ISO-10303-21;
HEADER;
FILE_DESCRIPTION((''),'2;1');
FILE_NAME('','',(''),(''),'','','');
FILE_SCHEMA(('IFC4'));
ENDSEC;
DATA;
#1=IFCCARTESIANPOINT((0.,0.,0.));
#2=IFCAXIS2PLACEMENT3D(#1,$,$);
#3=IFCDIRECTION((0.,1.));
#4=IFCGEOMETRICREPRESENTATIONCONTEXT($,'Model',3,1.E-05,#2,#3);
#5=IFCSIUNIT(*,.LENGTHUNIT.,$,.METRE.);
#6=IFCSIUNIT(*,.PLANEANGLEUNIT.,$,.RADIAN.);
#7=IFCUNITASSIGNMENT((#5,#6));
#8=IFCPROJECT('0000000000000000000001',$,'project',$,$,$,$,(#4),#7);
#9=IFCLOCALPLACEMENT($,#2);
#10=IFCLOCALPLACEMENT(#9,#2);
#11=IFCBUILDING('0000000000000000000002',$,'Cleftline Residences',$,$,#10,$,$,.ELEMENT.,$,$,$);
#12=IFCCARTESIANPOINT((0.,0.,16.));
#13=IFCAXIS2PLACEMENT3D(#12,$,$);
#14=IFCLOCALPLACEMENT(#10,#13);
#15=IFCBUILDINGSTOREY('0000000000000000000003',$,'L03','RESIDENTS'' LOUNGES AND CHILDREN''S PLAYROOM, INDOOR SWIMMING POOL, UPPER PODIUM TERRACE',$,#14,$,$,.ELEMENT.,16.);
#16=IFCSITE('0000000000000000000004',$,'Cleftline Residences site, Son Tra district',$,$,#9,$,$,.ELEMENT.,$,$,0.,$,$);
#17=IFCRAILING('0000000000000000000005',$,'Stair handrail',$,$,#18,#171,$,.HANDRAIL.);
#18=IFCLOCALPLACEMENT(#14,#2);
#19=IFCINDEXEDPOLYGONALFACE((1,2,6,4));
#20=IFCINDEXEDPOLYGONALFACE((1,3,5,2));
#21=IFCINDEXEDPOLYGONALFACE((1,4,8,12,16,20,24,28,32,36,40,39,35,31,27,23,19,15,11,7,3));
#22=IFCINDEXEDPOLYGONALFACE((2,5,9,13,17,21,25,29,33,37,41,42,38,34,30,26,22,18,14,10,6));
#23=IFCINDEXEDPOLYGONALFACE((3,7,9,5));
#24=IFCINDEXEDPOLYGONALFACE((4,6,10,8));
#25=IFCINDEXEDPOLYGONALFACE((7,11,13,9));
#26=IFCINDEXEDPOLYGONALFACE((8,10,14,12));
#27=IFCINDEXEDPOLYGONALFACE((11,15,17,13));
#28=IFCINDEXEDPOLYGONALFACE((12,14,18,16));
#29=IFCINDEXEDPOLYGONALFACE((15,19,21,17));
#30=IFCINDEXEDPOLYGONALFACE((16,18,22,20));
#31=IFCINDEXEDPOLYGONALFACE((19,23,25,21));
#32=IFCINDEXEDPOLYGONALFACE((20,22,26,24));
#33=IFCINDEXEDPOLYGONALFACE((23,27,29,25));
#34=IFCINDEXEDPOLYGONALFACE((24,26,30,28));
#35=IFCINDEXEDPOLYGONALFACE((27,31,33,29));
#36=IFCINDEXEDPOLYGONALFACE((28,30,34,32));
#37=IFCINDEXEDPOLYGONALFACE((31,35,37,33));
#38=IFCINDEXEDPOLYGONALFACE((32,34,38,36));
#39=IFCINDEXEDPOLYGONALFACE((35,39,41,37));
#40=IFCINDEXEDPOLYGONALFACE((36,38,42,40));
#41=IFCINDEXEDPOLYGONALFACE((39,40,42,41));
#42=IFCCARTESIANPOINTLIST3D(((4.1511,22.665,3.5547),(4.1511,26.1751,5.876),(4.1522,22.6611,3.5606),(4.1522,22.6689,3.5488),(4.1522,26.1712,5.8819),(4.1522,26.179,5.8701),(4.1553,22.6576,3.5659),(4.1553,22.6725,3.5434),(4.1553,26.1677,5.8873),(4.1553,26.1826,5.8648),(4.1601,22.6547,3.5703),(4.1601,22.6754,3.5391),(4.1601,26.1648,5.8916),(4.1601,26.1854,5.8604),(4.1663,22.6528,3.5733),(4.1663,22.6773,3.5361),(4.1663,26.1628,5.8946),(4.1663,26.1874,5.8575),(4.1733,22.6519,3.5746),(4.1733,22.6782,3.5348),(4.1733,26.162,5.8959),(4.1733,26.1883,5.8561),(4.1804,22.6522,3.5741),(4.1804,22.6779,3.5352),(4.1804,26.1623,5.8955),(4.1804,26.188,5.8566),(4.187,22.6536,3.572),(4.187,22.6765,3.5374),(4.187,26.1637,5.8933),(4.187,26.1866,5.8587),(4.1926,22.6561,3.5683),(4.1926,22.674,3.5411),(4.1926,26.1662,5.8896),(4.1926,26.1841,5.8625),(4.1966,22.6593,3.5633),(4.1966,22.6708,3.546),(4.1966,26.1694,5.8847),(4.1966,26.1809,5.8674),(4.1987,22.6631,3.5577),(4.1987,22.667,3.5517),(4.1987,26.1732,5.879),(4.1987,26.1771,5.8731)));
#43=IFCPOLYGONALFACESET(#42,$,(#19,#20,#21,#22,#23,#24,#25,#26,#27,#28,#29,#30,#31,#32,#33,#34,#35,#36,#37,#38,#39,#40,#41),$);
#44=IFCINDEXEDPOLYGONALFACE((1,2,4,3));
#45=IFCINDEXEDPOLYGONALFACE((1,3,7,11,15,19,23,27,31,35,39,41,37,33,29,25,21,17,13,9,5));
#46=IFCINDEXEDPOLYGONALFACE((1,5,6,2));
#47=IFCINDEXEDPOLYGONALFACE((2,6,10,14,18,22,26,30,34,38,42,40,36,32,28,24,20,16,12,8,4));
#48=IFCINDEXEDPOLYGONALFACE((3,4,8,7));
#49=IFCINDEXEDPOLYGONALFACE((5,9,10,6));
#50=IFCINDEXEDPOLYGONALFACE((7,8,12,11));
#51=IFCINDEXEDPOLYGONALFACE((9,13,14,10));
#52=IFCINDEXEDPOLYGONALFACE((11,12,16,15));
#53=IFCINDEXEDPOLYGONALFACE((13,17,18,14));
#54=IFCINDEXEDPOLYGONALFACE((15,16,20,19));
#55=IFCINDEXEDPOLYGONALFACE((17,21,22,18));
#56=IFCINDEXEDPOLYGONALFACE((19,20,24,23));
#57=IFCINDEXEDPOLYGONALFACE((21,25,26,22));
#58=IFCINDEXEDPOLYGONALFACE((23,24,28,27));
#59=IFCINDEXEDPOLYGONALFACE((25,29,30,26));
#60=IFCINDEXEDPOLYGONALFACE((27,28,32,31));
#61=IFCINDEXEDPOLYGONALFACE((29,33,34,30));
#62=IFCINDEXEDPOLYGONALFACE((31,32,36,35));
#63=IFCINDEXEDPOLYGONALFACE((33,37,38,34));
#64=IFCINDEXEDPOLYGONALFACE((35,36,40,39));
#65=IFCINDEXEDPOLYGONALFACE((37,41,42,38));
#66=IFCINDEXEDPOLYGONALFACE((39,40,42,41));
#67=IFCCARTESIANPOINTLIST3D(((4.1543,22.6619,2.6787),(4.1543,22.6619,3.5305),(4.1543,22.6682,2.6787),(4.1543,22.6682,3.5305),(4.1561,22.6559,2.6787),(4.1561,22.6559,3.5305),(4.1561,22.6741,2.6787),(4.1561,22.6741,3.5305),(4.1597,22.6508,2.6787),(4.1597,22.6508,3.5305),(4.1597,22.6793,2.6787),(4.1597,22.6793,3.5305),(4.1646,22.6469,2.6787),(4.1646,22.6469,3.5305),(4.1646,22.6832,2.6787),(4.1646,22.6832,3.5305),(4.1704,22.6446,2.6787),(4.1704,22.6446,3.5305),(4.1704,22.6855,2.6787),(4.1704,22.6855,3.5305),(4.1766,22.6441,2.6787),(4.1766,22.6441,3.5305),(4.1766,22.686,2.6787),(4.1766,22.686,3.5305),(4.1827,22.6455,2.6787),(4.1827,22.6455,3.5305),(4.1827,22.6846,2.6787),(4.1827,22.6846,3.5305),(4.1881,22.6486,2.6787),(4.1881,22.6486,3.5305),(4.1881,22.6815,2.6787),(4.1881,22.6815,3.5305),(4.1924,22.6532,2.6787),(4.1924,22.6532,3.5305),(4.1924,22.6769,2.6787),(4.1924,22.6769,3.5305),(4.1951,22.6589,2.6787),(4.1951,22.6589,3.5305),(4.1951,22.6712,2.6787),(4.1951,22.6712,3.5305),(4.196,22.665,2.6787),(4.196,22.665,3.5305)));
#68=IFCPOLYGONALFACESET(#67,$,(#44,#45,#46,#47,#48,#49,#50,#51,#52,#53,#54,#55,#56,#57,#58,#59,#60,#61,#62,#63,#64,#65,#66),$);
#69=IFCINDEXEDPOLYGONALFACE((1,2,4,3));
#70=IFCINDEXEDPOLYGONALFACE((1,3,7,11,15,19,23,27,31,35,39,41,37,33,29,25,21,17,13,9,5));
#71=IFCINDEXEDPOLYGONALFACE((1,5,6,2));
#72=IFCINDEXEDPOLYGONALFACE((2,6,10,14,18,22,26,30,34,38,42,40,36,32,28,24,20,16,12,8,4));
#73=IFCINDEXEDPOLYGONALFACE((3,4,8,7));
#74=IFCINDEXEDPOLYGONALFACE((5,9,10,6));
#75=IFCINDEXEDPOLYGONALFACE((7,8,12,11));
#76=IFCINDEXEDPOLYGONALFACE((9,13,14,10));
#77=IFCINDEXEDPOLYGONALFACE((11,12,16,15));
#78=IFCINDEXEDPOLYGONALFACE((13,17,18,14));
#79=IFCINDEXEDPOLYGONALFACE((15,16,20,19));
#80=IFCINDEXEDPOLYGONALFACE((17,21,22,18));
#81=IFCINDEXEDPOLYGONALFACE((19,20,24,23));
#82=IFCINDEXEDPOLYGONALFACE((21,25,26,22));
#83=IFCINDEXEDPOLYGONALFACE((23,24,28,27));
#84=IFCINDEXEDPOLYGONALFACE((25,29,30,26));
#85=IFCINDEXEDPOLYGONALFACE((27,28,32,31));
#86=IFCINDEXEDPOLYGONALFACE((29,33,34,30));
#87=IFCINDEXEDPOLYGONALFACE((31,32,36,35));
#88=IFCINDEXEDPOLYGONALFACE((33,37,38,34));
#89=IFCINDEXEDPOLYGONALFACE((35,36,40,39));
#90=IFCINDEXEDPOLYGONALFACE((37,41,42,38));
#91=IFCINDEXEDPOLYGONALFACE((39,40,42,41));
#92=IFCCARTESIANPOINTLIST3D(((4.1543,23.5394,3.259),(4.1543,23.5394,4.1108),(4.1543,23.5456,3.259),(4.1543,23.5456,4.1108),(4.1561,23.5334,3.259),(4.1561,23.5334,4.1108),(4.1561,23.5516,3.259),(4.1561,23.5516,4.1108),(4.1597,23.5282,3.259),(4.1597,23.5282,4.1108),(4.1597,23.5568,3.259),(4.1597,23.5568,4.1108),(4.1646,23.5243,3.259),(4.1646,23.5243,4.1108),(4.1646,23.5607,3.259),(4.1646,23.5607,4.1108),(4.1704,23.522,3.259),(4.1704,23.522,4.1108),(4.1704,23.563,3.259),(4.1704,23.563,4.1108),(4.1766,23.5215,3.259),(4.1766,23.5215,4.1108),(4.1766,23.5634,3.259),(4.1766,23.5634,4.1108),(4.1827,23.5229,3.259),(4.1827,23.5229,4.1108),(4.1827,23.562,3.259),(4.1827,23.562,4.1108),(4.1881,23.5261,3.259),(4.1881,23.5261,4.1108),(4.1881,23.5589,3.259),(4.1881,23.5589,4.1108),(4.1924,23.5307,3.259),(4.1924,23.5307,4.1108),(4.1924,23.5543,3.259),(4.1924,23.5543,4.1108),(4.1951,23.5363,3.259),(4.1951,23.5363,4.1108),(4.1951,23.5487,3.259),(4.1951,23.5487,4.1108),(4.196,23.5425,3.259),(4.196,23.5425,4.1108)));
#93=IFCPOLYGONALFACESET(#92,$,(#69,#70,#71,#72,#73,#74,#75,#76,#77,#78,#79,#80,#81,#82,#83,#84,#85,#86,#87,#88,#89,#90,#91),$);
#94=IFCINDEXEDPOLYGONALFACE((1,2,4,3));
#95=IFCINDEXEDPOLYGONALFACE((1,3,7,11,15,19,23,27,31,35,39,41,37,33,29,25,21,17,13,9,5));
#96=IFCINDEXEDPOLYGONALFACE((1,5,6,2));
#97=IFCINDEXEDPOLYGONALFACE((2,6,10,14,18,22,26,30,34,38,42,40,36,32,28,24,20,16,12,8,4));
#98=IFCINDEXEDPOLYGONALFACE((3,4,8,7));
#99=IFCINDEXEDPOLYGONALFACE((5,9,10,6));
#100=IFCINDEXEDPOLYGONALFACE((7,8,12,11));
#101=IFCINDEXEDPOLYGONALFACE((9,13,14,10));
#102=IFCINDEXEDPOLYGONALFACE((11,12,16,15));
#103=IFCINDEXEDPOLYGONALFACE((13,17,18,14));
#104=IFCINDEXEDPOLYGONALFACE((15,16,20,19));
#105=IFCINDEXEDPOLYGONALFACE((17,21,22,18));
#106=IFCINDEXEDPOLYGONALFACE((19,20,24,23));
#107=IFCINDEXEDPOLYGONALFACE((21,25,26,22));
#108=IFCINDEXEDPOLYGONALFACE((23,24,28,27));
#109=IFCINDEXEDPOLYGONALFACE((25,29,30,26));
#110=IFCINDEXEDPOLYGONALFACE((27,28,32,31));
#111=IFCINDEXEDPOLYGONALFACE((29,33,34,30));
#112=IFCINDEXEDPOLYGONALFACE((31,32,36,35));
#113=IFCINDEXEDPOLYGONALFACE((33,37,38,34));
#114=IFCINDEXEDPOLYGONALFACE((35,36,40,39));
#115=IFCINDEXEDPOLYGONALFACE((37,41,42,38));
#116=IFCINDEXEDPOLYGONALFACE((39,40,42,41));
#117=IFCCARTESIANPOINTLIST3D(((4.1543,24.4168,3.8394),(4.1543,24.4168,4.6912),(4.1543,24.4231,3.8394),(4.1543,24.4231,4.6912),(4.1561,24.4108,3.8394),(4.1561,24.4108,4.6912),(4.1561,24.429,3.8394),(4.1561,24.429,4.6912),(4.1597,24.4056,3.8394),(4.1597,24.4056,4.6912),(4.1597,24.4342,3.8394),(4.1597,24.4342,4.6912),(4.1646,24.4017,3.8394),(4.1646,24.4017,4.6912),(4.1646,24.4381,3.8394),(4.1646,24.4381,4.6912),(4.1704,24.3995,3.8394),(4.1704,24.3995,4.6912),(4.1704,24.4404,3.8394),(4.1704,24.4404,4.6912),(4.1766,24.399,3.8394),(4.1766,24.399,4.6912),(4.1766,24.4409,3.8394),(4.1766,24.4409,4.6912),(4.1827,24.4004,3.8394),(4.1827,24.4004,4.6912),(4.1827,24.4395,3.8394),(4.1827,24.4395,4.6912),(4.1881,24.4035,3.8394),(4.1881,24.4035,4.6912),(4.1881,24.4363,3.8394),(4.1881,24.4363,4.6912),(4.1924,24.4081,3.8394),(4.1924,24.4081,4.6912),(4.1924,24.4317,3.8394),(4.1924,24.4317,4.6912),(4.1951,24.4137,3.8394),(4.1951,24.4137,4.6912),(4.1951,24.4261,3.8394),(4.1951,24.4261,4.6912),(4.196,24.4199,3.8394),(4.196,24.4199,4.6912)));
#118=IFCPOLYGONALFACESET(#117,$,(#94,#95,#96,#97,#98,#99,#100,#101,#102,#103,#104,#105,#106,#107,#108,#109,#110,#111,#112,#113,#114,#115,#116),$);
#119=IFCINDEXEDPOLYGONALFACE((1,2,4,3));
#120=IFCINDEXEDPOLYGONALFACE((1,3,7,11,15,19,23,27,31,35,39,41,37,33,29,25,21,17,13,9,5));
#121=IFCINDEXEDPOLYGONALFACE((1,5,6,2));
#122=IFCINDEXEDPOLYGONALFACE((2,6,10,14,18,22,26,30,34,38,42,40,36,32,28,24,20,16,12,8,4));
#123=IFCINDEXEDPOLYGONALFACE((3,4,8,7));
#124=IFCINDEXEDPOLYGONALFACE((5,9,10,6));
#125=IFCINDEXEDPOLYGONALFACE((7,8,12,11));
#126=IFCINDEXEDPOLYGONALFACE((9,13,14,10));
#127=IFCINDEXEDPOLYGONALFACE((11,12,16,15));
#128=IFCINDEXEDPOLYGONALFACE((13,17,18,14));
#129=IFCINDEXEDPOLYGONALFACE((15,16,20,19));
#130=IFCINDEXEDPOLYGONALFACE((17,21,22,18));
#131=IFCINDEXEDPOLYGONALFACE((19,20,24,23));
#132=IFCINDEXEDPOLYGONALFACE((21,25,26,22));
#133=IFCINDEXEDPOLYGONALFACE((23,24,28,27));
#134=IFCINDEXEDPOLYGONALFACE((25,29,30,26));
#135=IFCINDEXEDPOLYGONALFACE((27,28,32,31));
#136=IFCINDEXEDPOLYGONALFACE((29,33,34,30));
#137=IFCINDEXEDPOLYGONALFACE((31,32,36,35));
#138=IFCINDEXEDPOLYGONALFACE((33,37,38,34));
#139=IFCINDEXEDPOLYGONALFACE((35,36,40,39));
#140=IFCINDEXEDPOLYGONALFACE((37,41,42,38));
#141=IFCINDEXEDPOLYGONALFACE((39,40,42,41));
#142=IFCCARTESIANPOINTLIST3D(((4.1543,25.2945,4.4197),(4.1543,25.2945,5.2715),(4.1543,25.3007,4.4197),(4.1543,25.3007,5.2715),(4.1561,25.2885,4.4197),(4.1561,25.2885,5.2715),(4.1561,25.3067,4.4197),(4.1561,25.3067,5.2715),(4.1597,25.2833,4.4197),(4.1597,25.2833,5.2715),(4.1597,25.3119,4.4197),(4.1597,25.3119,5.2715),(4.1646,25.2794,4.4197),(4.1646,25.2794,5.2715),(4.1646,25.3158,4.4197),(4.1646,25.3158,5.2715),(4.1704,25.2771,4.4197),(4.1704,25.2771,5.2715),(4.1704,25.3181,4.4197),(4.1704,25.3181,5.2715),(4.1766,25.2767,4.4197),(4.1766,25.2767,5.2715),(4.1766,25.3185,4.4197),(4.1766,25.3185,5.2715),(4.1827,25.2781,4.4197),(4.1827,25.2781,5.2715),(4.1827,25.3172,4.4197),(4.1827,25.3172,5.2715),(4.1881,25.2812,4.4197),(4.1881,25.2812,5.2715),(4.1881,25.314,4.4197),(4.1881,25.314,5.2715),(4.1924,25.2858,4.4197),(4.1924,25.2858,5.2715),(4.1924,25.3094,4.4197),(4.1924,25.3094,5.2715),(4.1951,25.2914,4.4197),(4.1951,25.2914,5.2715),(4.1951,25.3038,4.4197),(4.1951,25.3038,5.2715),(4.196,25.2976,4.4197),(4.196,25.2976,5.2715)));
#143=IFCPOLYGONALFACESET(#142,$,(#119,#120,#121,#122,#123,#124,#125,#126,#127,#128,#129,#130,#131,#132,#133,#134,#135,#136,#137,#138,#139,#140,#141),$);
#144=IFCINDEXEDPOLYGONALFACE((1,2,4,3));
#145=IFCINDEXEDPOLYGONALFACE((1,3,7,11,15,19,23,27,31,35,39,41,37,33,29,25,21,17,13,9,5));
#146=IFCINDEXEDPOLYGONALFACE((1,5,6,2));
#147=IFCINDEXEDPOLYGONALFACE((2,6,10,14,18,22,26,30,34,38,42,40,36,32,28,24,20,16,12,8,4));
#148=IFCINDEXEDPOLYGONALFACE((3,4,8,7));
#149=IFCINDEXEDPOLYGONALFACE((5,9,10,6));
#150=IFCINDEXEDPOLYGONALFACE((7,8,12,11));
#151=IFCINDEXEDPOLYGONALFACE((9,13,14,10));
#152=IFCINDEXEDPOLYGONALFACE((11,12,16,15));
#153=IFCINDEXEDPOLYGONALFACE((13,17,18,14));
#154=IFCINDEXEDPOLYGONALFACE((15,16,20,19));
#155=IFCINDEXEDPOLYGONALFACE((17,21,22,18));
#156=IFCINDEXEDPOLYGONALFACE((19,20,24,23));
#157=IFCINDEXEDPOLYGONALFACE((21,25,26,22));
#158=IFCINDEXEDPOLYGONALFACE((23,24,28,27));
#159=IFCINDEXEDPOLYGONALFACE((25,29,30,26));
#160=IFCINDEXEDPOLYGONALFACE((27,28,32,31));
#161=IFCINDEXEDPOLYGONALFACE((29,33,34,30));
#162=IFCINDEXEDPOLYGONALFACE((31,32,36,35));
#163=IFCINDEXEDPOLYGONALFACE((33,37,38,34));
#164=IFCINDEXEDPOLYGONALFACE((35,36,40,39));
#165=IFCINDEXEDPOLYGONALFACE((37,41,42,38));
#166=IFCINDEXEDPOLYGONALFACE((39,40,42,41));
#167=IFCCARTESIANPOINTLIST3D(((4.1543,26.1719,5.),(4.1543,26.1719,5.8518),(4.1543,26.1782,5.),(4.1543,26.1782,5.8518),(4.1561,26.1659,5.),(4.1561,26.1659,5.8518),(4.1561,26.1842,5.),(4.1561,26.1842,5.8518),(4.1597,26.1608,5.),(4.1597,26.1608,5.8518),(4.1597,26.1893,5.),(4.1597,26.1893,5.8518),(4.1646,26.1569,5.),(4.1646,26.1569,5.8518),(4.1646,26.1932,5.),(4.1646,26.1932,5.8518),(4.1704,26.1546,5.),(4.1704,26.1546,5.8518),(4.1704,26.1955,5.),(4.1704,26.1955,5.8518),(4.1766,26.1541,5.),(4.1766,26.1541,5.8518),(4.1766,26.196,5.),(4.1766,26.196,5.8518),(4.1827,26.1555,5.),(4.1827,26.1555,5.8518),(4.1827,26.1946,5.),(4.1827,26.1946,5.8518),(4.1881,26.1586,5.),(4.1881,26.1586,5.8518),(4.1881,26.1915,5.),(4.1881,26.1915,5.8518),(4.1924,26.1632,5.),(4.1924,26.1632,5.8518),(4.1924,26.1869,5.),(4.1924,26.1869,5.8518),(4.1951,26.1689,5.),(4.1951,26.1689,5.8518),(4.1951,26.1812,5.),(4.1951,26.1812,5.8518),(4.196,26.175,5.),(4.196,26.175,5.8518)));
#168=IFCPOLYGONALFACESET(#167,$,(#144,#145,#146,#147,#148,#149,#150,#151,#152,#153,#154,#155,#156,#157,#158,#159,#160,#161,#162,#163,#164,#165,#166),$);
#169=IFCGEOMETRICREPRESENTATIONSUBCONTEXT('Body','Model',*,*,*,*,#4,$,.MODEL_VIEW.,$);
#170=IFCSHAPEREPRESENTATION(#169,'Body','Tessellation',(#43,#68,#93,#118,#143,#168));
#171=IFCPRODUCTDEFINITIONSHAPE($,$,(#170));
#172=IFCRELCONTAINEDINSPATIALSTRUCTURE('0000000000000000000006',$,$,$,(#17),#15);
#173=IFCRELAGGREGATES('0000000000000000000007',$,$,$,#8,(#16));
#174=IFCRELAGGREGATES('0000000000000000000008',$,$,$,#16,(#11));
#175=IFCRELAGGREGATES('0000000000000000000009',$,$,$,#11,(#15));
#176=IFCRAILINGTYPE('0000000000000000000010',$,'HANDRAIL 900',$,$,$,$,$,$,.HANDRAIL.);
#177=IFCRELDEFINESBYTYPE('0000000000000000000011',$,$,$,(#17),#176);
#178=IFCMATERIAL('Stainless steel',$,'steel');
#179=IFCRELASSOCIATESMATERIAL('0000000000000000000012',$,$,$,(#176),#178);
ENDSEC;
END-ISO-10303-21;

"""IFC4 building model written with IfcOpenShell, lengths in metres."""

from ifc_helpers import new_model, si_unit, direction, frame, origin, origin_2d, place, context, subcontext, project, spatial, circle, extrude, material, type_object, element, save


model = new_model("IFC4")

# Units and contexts
model_context = context("Model", 3, precision=1e-05, world=origin(), true_north=direction((0.0, 1.0)))
body_context = subcontext(model_context, "Body", "Model", "MODEL_VIEW")
ifc_project = project(units=[si_unit("LENGTHUNIT", "METRE"), si_unit("PLANEANGLEUNIT", "RADIAN")], contexts=[model_context])

# Site, building, storey
site_placement = place(None, origin())
site = spatial("IfcSite", under=ifc_project, at=site_placement, Name="Cleftline Residences site, Son Tra district", CompositionType="ELEMENT", RefElevation=0.0)
building_placement = place(site_placement, origin())
building = spatial("IfcBuilding", under=site, at=building_placement, Name="Cleftline Residences", CompositionType="ELEMENT")
storey_placement = place(building_placement, frame((0.0, 0.0, 16.0)))
storey = spatial("IfcBuildingStorey", under=building, at=storey_placement, Name="L03", Description="RESIDENTS' LOUNGES AND CHILDREN'S PLAYROOM, INDOOR SWIMMING POOL, UPPER PODIUM TERRACE", CompositionType="ELEMENT", Elevation=16.0)

# Railing
ifc_material_1 = material(Name="Stainless steel", Category="steel")
railing_type = type_object("IfcRailingType", Name="HANDRAIL 900", PredefinedType="HANDRAIL", material=ifc_material_1)
railing_placement = place(storey_placement, frame((4.175, 22.665, 2.6787)))
element("IfcRailing", 1, at=railing_placement, inside=storey, type_object=railing_type, Name="Stair handrail", PredefinedType="HANDRAIL", context=body_context, shape_type="SweptSolid", body=[
    extrude(circle(Radius=0.0239, at=origin_2d()), frame((0.0, 0.0, 0.876), z_axis=(0.0, 0.834097, 0.551617), x_axis=(-1.0, 0.0, 0.0)), (0.0, 0.0, 1.0), 4.2083),
    extrude(circle(Radius=0.021, at=origin_2d()), origin(), (0.0, 0.0, 1.0), 0.8518),
    extrude(circle(Radius=0.021, at=origin_2d()), frame((0.0, 0.8774, 0.5803)), (0.0, 0.0, 1.0), 0.8518),
    extrude(circle(Radius=0.021, at=origin_2d()), frame((0.0, 1.7549, 1.1606)), (0.0, 0.0, 1.0), 0.8518),
    extrude(circle(Radius=0.021, at=origin_2d()), frame((0.0, 2.6326, 1.741)), (0.0, 0.0, 1.0), 0.8518),
    extrude(circle(Radius=0.021, at=origin_2d()), frame((0.0, 3.51, 2.3213)), (0.0, 0.0, 1.0), 0.8518),
])

save(model, "model.ifc")
